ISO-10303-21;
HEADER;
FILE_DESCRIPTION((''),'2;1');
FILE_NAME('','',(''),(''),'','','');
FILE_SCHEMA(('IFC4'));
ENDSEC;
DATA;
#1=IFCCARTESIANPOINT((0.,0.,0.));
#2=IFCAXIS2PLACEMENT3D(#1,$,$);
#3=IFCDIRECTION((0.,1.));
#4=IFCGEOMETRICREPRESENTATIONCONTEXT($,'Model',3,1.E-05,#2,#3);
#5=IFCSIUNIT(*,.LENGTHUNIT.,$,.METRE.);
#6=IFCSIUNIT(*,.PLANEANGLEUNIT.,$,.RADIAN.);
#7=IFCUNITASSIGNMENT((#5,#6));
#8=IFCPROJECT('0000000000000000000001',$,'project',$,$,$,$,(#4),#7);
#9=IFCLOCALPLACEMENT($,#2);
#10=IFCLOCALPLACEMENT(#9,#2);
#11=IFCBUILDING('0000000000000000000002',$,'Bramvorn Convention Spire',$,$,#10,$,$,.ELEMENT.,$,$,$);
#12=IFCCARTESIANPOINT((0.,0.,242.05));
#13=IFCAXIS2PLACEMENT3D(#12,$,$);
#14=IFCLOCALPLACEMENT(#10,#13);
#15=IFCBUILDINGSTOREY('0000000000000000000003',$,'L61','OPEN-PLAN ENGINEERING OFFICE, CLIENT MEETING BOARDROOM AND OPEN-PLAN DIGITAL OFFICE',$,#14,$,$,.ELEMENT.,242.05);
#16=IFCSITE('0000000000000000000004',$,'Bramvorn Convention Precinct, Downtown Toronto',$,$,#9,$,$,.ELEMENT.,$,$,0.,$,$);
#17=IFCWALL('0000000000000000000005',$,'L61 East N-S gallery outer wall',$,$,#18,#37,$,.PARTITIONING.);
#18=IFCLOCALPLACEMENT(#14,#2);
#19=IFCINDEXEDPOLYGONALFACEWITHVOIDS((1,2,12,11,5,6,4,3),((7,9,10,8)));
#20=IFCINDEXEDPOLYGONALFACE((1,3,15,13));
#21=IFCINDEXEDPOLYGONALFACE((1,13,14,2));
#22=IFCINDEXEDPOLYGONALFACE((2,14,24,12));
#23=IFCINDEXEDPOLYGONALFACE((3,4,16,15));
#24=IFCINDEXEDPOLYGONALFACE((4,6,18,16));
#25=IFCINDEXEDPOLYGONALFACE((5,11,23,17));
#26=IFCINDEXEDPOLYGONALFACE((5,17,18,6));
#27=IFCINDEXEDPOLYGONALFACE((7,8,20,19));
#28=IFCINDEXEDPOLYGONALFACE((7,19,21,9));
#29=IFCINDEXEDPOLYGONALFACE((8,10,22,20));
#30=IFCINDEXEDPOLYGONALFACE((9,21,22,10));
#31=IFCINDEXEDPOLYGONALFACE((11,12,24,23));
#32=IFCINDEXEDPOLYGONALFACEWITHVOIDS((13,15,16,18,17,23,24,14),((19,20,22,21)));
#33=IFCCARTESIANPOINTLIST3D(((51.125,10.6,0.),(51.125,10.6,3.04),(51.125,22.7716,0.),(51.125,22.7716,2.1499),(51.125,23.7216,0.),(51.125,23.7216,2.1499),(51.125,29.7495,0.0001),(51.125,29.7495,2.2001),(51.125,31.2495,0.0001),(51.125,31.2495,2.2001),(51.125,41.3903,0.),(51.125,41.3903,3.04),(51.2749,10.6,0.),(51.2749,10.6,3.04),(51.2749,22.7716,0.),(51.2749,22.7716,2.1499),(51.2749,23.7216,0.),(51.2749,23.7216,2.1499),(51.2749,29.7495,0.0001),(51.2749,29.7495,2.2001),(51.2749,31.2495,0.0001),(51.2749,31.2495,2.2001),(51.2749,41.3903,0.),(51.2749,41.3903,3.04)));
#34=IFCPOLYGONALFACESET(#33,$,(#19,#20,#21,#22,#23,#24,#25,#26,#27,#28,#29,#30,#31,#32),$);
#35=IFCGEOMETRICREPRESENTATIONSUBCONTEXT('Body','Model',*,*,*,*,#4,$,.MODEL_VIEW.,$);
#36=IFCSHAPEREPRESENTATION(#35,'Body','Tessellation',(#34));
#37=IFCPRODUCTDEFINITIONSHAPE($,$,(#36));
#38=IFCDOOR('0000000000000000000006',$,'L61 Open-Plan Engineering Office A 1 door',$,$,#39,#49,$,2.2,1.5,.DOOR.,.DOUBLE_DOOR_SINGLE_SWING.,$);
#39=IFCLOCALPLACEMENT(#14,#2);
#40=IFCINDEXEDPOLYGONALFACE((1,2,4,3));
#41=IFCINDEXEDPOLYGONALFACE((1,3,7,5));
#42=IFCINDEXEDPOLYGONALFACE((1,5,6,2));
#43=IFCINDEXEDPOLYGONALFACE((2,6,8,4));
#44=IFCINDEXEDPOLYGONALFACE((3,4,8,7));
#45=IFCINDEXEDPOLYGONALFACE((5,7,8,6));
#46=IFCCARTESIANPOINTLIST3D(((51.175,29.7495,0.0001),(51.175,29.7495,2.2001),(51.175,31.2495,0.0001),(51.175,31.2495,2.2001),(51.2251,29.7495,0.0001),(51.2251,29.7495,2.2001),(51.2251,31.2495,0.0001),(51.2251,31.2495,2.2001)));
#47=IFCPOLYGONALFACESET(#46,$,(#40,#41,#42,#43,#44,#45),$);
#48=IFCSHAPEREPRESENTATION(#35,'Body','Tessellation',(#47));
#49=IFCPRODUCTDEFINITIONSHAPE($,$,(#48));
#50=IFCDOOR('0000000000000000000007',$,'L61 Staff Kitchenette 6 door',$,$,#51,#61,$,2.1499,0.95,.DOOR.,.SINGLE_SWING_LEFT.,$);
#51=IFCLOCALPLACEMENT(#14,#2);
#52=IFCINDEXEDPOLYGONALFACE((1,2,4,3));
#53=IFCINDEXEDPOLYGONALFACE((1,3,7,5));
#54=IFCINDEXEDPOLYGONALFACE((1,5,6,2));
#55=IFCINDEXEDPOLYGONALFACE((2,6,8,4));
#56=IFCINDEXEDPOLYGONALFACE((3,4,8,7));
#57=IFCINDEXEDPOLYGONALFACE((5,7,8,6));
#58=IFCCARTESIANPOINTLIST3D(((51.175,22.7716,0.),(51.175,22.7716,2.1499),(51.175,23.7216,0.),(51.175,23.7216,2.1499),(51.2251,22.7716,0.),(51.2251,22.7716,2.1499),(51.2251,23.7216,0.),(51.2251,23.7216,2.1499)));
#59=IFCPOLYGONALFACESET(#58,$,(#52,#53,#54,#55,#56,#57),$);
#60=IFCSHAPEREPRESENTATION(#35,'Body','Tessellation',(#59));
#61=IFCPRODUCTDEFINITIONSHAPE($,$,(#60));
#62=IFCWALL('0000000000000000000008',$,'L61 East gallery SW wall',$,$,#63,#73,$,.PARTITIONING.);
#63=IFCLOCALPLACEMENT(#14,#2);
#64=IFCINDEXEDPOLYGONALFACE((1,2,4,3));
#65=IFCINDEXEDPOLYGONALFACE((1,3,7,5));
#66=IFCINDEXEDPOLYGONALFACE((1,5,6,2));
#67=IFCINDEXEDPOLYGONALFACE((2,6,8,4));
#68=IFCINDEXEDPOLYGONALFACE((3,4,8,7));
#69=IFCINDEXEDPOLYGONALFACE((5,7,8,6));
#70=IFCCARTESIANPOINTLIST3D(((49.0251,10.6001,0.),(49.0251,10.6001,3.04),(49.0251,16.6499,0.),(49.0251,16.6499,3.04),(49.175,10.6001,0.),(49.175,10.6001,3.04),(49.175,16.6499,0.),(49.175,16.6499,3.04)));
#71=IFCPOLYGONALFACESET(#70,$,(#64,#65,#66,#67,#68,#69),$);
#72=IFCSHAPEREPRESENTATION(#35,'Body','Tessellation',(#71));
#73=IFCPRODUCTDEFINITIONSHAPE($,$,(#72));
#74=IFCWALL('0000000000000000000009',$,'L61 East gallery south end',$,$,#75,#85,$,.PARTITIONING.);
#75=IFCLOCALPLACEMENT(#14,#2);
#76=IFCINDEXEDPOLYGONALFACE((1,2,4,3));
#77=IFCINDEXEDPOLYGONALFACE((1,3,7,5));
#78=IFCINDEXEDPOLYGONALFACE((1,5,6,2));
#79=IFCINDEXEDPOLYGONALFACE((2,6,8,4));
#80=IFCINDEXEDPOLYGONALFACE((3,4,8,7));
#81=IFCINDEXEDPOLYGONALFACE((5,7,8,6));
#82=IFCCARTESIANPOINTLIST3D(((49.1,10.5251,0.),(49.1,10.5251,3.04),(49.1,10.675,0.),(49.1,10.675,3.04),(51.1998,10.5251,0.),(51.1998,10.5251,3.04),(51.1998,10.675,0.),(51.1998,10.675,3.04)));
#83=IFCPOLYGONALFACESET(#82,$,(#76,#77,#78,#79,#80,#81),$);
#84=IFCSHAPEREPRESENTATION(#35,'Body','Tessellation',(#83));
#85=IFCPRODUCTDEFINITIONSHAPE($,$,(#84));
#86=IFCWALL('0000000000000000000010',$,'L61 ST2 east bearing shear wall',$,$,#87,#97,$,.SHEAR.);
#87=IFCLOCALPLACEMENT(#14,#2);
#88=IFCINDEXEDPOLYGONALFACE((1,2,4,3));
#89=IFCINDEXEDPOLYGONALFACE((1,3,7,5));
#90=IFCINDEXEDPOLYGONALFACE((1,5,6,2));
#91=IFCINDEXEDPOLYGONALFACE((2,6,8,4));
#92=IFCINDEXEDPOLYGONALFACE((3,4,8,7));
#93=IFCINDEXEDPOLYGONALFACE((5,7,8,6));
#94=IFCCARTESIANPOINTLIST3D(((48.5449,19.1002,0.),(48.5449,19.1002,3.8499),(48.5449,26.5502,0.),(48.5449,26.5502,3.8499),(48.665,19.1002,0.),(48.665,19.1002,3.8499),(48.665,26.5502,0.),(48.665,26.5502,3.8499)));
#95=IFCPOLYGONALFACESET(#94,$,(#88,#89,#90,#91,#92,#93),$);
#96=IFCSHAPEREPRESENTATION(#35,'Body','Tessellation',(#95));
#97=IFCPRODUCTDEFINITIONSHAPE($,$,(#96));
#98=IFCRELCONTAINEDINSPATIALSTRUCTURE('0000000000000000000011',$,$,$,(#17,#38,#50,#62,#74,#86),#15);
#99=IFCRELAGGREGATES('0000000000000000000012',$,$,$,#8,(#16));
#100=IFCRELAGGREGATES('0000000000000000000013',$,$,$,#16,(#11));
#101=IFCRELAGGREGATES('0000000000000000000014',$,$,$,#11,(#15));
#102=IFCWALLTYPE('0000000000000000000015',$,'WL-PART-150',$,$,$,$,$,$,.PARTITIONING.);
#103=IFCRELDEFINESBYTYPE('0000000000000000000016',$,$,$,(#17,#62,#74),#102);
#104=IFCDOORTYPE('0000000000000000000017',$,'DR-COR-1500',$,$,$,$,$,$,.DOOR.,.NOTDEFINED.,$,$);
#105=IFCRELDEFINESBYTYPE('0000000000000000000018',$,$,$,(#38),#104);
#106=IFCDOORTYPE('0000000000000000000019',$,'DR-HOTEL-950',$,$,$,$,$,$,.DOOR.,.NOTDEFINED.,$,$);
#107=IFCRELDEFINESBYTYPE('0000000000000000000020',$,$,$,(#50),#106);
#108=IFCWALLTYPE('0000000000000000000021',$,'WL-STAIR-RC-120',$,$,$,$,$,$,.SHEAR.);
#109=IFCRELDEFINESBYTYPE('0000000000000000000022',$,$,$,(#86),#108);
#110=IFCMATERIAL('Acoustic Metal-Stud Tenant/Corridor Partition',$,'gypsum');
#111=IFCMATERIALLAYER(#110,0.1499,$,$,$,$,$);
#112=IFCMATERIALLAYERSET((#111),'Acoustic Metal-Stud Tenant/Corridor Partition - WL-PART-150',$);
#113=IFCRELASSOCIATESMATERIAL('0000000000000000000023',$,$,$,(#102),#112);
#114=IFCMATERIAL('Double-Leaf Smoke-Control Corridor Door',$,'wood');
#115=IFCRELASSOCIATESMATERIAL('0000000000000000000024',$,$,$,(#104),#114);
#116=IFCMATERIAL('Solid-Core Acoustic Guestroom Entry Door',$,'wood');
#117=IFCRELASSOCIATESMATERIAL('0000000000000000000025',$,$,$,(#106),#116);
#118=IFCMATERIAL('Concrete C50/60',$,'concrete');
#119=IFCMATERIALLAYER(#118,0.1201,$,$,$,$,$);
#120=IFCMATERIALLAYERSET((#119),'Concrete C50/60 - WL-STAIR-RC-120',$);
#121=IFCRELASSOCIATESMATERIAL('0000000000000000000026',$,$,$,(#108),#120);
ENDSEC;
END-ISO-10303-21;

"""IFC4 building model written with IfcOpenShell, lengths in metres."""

from ifc_helpers import new_model, si_unit, direction, frame, frame_2d, origin, place, context, subcontext, project, spatial, rectangle, extrude, material, layer, layer_set, type_object, element, fill, save


model = new_model("IFC4")

# Units and contexts
model_context = context("Model", 3, precision=1e-05, world=origin(), true_north=direction((0.0, 1.0)))
body_context = subcontext(model_context, "Body", "Model", "MODEL_VIEW")
ifc_project = project(units=[si_unit("LENGTHUNIT", "METRE"), si_unit("PLANEANGLEUNIT", "RADIAN")], contexts=[model_context])

# Site, building, storey
site_placement = place(None, origin())
site = spatial("IfcSite", under=ifc_project, at=site_placement, Name="Bramvorn Convention Precinct, Downtown Toronto", CompositionType="ELEMENT", RefElevation=0.0)
building_placement = place(site_placement, origin())
building = spatial("IfcBuilding", under=site, at=building_placement, Name="Bramvorn Convention Spire", CompositionType="ELEMENT")
storey_placement = place(building_placement, frame((0.0, 0.0, 242.05)))
storey = spatial("IfcBuildingStorey", under=building, at=storey_placement, Name="L61", Description="OPEN-PLAN ENGINEERING OFFICE, CLIENT MEETING BOARDROOM AND OPEN-PLAN DIGITAL OFFICE", CompositionType="ELEMENT", Elevation=242.05)

# Shared definitions
ifc_material_1 = material(Name="Concrete C50/60", Category="concrete")

# Wall, openings, doors
ifc_material_2 = material(Name="Acoustic Metal-Stud Tenant/Corridor Partition", Category="gypsum")
ifc_layer_1 = layer(ifc_material_2, 0.1499)
ifc_layer_set_1 = layer_set([ifc_layer_1], Name="Acoustic Metal-Stud Tenant/Corridor Partition - WL-PART-150")
wall_type_1 = type_object("IfcWallType", Name="WL-PART-150", PredefinedType="PARTITIONING", material=ifc_layer_set_1)
wall_1_placement = place(storey_placement, frame((51.2, 10.6001, 0.0), z_axis=(0.0, 0.0, 1.0), x_axis=(0.0, 1.0, 0.0)))
wall_1 = element("IfcWall", 1, at=wall_1_placement, inside=storey, type_object=wall_type_1, Name="L61 East N-S gallery outer wall", PredefinedType="PARTITIONING", context=body_context, shape_type="SweptSolid", body=[
    extrude(rectangle(XDim=30.7903, YDim=0.1499, at=frame_2d((15.395, 0.0))), origin(), (0.0, 0.0, 1.0), 3.04),
])
opening_1_placement = place(wall_1_placement, frame((19.1494, 0.0, 0.0)))
opening_1 = element("IfcOpeningElement", 2, at=opening_1_placement, cuts=wall_1, PredefinedType="OPENING", context=body_context, shape_type="SweptSolid", body=[
    extrude(rectangle(XDim=1.5, YDim=2.2, at=frame_2d((0.75, 1.1001))), frame((0.0, 0.085, 0.0), z_axis=(0.0, -1.0, 0.0), x_axis=(1.0, 0.0, 0.0)), (0.0, 0.0, 1.0), 0.1699),
])
opening_2_placement = place(wall_1_placement, frame((12.1714, 0.0, 0.0)))
opening_2 = element("IfcOpeningElement", 3, at=opening_2_placement, cuts=wall_1, PredefinedType="OPENING", context=body_context, shape_type="SweptSolid", body=[
    extrude(rectangle(XDim=0.95, YDim=2.1499, at=frame_2d((0.4751, 1.075))), frame((0.0, 0.085, 0.0), z_axis=(0.0, -1.0, 0.0), x_axis=(1.0, 0.0, 0.0)), (0.0, 0.0, 1.0), 0.1699),
])
ifc_material_3 = material(Name="Double-Leaf Smoke-Control Corridor Door", Category="wood")
door_type_1 = type_object("IfcDoorType", Name="DR-COR-1500", OperationType="NOTDEFINED", PredefinedType="DOOR", material=ifc_material_3)
door_1_placement = place(opening_1_placement, origin())
door_1 = element("IfcDoor", 4, at=door_1_placement, inside=storey, type_object=door_type_1, Name="L61 Open-Plan Engineering Office A 1 door", OperationType="DOUBLE_DOOR_SINGLE_SWING", OverallHeight=2.2, OverallWidth=1.5, PredefinedType="DOOR", context=body_context, shape_type="SweptSolid", body=[
    extrude(rectangle(XDim=1.5, YDim=2.2, at=frame_2d((0.75, 1.1001))), frame((0.0, 0.0249, 0.0), z_axis=(0.0, -1.0, 0.0), x_axis=(1.0, 0.0, 0.0)), (0.0, 0.0, 1.0), 0.05),
])
fill(opening_1, door_1)
ifc_material_4 = material(Name="Solid-Core Acoustic Guestroom Entry Door", Category="wood")
door_type_2 = type_object("IfcDoorType", Name="DR-HOTEL-950", OperationType="NOTDEFINED", PredefinedType="DOOR", material=ifc_material_4)
door_2_placement = place(opening_2_placement, origin())
door_2 = element("IfcDoor", 5, at=door_2_placement, inside=storey, type_object=door_type_2, Name="L61 Staff Kitchenette 6 door", OperationType="SINGLE_SWING_LEFT", OverallHeight=2.1499, OverallWidth=0.95, PredefinedType="DOOR", context=body_context, shape_type="SweptSolid", body=[
    extrude(rectangle(XDim=0.95, YDim=2.1499, at=frame_2d((0.4751, 1.075))), frame((0.0, 0.0249, 0.0), z_axis=(0.0, -1.0, 0.0), x_axis=(1.0, 0.0, 0.0)), (0.0, 0.0, 1.0), 0.05),
])
fill(opening_2, door_2)

# Walls
wall_2_placement = place(storey_placement, frame((49.1001, 10.6001, 0.0), z_axis=(0.0, 0.0, 1.0), x_axis=(0.0, 1.0, 0.0)))
element("IfcWall", 6, at=wall_2_placement, inside=storey, type_object=wall_type_1, Name="L61 East gallery SW wall", PredefinedType="PARTITIONING", context=body_context, shape_type="SweptSolid", body=[
    extrude(rectangle(XDim=6.0498, YDim=0.1499, at=frame_2d((3.0249, 0.0))), origin(), (0.0, 0.0, 1.0), 3.04),
])
wall_3_placement = place(storey_placement, frame((49.1001, 10.6001, 0.0), z_axis=(0.0, 0.0, 1.0), x_axis=(1.0, 0.0, 0.0)))
element("IfcWall", 7, at=wall_3_placement, inside=storey, type_object=wall_type_1, Name="L61 East gallery south end", PredefinedType="PARTITIONING", context=body_context, shape_type="SweptSolid", body=[
    extrude(rectangle(XDim=2.0999, YDim=0.1499, at=frame_2d((1.0498, 0.0))), origin(), (0.0, 0.0, 1.0), 3.04),
])
ifc_layer_2 = layer(ifc_material_1, 0.1201)
ifc_layer_set_2 = layer_set([ifc_layer_2], Name="Concrete C50/60 - WL-STAIR-RC-120")
wall_type_2 = type_object("IfcWallType", Name="WL-STAIR-RC-120", PredefinedType="SHEAR", material=ifc_layer_set_2)
wall_4_placement = place(storey_placement, frame((48.605, 19.1001, 0.0), z_axis=(0.0, 0.0, 1.0), x_axis=(0.0, 1.0, 0.0)))
element("IfcWall", 8, at=wall_4_placement, inside=storey, type_object=wall_type_2, Name="L61 ST2 east bearing shear wall", PredefinedType="SHEAR", context=body_context, shape_type="SweptSolid", body=[
    extrude(rectangle(XDim=7.45, YDim=0.1201, at=frame_2d((3.7251, 0.0))), origin(), (0.0, 0.0, 1.0), 3.8499),
])

save(model, "model.ifc")
